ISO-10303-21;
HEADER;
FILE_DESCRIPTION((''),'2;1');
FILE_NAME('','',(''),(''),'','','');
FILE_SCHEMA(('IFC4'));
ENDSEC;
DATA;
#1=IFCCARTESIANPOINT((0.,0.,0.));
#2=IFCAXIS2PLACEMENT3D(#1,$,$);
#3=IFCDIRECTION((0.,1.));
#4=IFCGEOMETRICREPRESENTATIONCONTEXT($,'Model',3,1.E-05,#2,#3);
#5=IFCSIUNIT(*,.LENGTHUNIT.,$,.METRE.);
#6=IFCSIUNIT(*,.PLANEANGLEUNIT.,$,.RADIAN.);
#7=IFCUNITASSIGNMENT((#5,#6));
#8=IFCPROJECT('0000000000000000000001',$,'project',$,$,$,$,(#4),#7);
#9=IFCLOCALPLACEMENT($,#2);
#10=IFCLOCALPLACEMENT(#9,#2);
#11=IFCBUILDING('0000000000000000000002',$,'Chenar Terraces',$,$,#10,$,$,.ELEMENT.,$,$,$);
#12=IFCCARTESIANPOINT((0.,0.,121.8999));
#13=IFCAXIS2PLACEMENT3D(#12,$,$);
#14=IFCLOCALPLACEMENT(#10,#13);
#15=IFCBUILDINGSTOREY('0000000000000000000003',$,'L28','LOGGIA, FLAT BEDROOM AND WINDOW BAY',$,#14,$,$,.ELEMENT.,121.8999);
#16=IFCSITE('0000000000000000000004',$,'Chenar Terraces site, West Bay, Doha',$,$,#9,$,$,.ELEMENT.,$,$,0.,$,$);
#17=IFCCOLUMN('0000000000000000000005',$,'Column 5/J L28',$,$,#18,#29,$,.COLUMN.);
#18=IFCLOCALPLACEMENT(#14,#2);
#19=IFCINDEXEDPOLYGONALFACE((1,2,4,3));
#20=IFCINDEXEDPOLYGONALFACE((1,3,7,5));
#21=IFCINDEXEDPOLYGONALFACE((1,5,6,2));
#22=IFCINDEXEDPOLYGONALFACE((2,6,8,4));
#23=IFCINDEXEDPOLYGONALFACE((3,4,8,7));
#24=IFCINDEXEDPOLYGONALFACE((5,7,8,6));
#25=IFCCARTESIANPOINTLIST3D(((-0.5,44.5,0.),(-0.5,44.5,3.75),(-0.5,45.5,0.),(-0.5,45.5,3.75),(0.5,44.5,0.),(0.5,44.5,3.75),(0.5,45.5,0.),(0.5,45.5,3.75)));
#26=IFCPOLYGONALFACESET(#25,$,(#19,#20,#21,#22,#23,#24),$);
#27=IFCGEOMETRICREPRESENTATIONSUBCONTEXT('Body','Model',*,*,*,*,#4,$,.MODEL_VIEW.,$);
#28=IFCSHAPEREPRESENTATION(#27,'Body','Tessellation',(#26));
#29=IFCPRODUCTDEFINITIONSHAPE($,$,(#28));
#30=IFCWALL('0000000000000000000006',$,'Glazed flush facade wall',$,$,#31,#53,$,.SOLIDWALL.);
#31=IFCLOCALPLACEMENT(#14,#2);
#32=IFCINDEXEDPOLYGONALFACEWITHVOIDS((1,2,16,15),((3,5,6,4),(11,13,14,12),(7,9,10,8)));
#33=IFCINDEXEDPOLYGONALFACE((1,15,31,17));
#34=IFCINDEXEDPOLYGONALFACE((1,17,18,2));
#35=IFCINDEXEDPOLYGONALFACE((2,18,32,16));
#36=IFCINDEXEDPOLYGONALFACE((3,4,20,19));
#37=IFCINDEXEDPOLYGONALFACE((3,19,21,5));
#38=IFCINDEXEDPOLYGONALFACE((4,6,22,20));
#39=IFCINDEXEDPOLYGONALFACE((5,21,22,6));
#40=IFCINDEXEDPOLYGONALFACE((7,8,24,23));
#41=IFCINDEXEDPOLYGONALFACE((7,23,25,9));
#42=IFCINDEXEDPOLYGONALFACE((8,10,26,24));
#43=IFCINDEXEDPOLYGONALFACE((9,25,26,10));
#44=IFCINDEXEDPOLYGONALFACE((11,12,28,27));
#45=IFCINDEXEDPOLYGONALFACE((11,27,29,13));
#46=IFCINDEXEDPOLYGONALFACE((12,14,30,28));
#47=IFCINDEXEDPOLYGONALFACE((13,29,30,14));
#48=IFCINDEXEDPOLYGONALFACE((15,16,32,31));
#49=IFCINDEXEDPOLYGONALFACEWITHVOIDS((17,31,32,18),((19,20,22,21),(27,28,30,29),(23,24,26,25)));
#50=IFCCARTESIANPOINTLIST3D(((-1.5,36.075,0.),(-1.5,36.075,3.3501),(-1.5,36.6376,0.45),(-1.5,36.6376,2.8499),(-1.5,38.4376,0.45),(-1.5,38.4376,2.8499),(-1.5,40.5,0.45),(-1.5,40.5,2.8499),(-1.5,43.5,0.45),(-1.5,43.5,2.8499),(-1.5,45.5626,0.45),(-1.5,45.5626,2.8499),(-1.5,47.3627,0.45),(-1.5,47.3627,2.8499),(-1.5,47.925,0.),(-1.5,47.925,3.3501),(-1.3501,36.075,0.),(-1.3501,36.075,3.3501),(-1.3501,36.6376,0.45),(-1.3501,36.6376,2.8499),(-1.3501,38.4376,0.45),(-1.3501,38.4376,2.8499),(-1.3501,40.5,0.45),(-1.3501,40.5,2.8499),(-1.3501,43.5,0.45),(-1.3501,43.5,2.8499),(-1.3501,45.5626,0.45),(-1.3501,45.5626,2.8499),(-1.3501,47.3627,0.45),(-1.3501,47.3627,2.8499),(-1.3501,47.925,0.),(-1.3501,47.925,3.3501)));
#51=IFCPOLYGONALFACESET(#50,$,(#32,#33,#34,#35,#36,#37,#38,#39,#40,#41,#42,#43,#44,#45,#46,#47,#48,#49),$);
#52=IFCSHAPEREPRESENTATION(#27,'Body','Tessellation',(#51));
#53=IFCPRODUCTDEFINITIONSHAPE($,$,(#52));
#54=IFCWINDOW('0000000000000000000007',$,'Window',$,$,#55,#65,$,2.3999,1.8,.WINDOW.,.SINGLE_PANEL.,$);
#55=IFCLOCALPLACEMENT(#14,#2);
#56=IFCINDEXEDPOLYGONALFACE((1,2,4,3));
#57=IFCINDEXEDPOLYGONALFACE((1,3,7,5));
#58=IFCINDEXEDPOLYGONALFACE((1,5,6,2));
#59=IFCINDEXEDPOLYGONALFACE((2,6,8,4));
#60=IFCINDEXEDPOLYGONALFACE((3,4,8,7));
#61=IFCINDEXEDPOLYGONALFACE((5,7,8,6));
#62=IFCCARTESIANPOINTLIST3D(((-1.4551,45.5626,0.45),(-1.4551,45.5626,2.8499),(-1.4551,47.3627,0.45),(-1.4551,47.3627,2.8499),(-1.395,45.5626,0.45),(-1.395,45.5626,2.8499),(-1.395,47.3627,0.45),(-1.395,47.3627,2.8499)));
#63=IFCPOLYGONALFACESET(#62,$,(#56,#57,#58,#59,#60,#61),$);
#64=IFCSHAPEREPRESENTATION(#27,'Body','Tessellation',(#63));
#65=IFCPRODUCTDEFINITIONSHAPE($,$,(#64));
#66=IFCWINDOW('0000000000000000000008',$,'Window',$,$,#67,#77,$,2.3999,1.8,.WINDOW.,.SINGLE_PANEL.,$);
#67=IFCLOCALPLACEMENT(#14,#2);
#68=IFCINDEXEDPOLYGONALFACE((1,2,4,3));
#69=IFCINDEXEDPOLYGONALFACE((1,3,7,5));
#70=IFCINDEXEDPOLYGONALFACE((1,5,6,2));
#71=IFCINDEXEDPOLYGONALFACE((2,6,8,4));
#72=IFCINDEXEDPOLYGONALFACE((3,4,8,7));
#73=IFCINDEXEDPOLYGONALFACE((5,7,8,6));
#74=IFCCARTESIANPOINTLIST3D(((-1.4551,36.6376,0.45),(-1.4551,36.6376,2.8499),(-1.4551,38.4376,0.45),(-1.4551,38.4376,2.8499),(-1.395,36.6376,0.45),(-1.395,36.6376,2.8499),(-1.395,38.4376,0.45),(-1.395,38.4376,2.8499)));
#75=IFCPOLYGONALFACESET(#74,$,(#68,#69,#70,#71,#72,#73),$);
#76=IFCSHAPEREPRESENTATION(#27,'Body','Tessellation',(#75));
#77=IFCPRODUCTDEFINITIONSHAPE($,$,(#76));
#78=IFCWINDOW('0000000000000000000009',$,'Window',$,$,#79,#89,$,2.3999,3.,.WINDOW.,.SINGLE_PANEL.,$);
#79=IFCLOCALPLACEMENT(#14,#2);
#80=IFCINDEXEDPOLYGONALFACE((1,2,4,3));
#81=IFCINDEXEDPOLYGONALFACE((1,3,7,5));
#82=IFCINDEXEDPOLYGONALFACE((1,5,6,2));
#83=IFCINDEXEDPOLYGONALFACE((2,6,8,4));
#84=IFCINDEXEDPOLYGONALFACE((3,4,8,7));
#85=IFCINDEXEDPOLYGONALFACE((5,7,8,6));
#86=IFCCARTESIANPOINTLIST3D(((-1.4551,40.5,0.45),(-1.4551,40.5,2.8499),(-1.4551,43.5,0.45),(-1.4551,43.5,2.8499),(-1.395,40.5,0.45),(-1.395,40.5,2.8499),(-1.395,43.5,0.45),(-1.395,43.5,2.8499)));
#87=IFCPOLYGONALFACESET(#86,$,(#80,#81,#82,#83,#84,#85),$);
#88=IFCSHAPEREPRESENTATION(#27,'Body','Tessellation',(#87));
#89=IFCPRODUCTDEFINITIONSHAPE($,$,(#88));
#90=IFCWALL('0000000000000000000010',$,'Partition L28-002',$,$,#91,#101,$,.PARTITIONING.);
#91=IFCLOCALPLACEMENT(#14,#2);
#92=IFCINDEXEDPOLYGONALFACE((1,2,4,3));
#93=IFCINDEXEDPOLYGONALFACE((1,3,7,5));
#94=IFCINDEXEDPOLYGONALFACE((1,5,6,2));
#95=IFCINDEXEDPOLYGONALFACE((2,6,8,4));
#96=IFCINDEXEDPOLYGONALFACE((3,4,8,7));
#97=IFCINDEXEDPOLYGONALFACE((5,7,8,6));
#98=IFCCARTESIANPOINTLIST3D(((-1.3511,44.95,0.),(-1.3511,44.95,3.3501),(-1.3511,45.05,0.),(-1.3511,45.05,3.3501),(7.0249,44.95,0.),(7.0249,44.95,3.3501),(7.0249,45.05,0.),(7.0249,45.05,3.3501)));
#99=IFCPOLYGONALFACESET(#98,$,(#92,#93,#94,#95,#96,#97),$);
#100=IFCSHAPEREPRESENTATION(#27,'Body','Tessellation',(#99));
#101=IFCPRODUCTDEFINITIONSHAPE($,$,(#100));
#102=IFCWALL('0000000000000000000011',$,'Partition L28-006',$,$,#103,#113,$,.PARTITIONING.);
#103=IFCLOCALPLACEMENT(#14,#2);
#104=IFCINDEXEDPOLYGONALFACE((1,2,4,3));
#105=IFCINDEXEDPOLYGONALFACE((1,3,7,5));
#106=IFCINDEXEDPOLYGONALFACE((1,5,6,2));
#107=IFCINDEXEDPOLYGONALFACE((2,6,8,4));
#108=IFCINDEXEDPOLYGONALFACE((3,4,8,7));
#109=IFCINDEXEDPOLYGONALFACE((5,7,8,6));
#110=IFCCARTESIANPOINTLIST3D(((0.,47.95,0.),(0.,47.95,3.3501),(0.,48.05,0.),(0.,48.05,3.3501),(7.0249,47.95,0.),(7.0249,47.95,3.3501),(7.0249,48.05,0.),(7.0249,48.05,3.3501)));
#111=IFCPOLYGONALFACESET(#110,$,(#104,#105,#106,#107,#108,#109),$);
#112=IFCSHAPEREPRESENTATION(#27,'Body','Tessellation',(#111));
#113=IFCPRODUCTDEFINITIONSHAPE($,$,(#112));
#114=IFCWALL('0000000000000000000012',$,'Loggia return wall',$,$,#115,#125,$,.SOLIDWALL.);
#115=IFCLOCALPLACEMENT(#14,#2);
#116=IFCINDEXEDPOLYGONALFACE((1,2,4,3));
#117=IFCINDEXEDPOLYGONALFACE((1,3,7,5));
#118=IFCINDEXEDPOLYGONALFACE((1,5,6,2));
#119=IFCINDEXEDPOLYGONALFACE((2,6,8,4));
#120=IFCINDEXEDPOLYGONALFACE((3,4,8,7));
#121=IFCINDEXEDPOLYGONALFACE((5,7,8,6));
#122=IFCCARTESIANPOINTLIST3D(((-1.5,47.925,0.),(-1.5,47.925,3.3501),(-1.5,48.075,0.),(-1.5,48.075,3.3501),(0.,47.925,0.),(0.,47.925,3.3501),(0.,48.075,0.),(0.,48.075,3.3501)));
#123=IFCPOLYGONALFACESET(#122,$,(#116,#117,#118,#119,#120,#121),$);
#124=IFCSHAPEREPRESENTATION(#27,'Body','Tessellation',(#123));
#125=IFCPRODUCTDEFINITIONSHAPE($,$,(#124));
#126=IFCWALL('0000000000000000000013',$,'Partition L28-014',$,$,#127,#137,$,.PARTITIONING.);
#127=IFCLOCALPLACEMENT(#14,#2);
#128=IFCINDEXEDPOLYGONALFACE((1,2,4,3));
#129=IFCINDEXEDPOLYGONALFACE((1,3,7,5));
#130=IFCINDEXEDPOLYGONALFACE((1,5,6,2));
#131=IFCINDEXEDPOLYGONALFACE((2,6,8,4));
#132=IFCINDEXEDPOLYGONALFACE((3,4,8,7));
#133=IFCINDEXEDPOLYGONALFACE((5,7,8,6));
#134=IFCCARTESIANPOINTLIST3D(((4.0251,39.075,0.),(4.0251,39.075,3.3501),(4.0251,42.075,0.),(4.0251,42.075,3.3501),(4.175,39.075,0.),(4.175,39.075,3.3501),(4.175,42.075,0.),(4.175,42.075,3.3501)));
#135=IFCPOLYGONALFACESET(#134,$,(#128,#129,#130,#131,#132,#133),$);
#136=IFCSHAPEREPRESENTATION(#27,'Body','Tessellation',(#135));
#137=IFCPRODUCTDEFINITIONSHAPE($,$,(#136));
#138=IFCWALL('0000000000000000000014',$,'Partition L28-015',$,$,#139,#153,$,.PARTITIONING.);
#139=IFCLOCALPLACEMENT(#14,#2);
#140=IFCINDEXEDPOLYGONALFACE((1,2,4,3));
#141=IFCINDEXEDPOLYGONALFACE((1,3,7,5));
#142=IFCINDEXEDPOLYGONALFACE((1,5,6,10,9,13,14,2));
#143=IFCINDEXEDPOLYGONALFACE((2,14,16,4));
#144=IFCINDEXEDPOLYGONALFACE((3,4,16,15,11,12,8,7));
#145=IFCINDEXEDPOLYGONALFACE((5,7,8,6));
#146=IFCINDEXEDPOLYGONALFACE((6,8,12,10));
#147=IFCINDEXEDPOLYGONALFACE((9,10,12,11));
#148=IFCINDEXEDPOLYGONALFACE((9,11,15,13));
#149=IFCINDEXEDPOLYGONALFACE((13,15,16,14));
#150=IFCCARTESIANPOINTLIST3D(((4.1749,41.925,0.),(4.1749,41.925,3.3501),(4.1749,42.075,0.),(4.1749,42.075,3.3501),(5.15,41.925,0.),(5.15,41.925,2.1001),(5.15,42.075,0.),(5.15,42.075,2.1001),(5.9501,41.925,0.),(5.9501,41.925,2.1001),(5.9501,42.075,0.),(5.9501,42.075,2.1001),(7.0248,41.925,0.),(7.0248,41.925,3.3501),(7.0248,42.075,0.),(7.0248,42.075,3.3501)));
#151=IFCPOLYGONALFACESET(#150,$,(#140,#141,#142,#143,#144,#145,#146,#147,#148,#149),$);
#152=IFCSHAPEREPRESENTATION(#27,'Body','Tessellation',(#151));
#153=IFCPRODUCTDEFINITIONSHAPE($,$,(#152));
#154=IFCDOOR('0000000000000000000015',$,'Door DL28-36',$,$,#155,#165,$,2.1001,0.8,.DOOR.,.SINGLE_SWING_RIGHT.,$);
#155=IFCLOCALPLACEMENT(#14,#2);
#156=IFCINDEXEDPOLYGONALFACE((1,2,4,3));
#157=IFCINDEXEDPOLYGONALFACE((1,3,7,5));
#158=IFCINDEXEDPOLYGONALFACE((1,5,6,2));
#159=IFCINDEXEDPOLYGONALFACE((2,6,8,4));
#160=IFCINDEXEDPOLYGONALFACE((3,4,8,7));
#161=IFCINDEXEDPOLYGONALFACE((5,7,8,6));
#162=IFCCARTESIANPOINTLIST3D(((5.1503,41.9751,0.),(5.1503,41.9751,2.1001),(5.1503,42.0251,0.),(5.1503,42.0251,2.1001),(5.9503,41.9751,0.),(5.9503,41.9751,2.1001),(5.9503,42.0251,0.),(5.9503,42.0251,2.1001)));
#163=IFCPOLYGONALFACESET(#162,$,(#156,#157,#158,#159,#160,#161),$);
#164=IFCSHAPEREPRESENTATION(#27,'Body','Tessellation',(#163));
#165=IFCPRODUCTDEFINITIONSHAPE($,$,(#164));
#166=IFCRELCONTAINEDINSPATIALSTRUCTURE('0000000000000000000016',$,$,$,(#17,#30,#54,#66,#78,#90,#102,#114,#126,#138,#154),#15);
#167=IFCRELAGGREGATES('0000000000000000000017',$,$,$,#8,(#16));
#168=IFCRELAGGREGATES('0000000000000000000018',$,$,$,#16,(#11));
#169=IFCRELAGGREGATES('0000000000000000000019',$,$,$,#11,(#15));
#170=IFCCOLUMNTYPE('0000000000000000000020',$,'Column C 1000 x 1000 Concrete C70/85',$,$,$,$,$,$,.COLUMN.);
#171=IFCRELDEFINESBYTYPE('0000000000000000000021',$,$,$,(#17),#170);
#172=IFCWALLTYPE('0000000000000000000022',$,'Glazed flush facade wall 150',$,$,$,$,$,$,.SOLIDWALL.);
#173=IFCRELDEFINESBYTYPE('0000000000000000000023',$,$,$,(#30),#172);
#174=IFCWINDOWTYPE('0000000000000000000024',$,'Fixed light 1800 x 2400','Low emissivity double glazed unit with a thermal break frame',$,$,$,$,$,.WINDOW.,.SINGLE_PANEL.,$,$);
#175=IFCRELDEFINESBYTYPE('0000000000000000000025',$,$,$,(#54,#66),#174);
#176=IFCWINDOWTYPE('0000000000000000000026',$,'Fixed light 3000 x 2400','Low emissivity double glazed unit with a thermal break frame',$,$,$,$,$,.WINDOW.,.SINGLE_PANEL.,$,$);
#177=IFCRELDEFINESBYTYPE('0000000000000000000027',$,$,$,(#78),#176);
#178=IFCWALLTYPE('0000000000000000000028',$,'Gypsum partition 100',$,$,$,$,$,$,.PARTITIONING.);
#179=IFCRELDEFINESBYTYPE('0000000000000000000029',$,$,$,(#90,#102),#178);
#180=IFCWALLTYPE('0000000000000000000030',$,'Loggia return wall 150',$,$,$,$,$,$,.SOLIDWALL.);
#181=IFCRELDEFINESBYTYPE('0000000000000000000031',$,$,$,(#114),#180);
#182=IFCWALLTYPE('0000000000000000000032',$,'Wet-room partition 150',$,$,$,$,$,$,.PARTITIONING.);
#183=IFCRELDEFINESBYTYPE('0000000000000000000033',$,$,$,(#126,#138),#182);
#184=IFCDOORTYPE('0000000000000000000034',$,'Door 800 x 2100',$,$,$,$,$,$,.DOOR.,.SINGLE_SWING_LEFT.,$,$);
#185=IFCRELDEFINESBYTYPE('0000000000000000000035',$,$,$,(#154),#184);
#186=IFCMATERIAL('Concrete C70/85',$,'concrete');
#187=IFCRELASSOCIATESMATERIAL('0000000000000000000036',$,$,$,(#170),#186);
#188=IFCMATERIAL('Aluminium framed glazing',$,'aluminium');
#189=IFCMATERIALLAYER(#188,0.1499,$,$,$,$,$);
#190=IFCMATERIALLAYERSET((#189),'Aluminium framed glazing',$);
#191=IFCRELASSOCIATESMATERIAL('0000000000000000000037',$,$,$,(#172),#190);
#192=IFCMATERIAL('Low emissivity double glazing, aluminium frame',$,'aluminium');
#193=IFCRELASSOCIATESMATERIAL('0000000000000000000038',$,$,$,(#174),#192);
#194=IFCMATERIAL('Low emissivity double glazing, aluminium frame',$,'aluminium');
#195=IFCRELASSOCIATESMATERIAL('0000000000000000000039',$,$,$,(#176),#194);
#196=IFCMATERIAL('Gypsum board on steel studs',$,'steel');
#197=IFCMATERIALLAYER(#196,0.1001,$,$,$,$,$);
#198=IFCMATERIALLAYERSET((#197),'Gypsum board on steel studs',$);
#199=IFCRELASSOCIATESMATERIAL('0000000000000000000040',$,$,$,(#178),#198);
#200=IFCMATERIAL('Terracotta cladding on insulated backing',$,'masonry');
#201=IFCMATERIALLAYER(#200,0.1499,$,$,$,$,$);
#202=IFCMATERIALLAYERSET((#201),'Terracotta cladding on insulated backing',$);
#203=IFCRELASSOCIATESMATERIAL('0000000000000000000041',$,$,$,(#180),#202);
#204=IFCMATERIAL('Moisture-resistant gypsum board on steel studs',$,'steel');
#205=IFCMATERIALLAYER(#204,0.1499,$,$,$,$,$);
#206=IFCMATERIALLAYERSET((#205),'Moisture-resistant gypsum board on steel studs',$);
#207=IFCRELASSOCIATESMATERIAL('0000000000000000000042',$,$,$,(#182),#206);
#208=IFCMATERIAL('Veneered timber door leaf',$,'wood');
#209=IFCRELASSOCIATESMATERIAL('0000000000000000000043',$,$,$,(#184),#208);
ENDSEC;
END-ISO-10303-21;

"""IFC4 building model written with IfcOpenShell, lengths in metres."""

from ifc_helpers import new_model, si_unit, direction, frame, frame_2d, origin, origin_2d, place, context, subcontext, project, spatial, rectangle, extrude, material, layer, layer_set, material_profile, profile_set, type_object, element, fill, save


model = new_model("IFC4")

# Units and contexts
model_context = context("Model", 3, precision=1e-05, world=origin(), true_north=direction((0.0, 1.0)))
body_context = subcontext(model_context, "Body", "Model", "MODEL_VIEW")
ifc_project = project(units=[si_unit("LENGTHUNIT", "METRE"), si_unit("PLANEANGLEUNIT", "RADIAN")], contexts=[model_context])

# Site, building, storey
site_placement = place(None, origin())
site = spatial("IfcSite", under=ifc_project, at=site_placement, Name="Chenar Terraces site, West Bay, Doha", CompositionType="ELEMENT", RefElevation=0.0)
building_placement = place(site_placement, origin())
building = spatial("IfcBuilding", under=site, at=building_placement, Name="Chenar Terraces", CompositionType="ELEMENT")
storey_placement = place(building_placement, frame((0.0, 0.0, 121.8999)))
storey = spatial("IfcBuildingStorey", under=building, at=storey_placement, Name="L28", Description="LOGGIA, FLAT BEDROOM AND WINDOW BAY", CompositionType="ELEMENT", Elevation=121.8999)

# Column
ifc_material_1 = material(Name="Concrete C70/85", Category="concrete")
ifc_material_profile_1 = material_profile(ifc_material_1, rectangle(XDim=1.0, YDim=1.0, at=origin_2d()), Name="C 1000 x 1000")
ifc_profile_set_1 = profile_set([ifc_material_profile_1], Name="Concrete C70/85")
column_type = type_object("IfcColumnType", Name="Column C 1000 x 1000 Concrete C70/85", PredefinedType="COLUMN", material=ifc_profile_set_1)
column_placement = place(storey_placement, frame((0.0, 45.0, 0.0), z_axis=(0.0, 0.0, 1.0), x_axis=(1.0, 0.0, 0.0)))
element("IfcColumn", 1, at=column_placement, inside=storey, type_object=column_type, Name="Column 5/J L28", PredefinedType="COLUMN", context=body_context, shape_type="SweptSolid", body=[
    extrude(rectangle(XDim=1.0, YDim=1.0, at=origin_2d()), origin(), (0.0, 0.0, 1.0), 3.75),
])

# Wall, openings, windows
ifc_material_2 = material(Name="Aluminium framed glazing", Category="aluminium")
ifc_layer_1 = layer(ifc_material_2, 0.1499)
ifc_layer_set_1 = layer_set([ifc_layer_1], Name="Aluminium framed glazing")
wall_type_1 = type_object("IfcWallType", Name="Glazed flush facade wall 150", PredefinedType="SOLIDWALL", material=ifc_layer_set_1)
wall_1_placement = place(storey_placement, frame((-1.425, 47.925, 0.0), z_axis=(0.0, 0.0, 1.0), x_axis=(0.0, -1.0, 0.0)))
wall_1 = element("IfcWall", 2, at=wall_1_placement, inside=storey, type_object=wall_type_1, Name="Glazed flush facade wall", PredefinedType="SOLIDWALL", context=body_context, shape_type="SweptSolid", body=[
    extrude(rectangle(XDim=11.8501, YDim=0.1499, at=frame_2d((5.925, 0.0))), origin(), (0.0, 0.0, 1.0), 3.3501),
])
opening_1_placement = place(wall_1_placement, frame((0.5625, 0.0, 0.45)))
opening_1 = element("IfcOpeningElement", 3, at=opening_1_placement, cuts=wall_1, PredefinedType="OPENING", context=body_context, shape_type="SweptSolid", body=[
    extrude(rectangle(XDim=1.8, YDim=2.3999, at=frame_2d((0.8999, 1.2))), frame((0.0, 0.085, 0.0), z_axis=(0.0, -1.0, 0.0), x_axis=(1.0, 0.0, 0.0)), (0.0, 0.0, 1.0), 0.1699),
])
opening_2_placement = place(wall_1_placement, frame((4.425, 0.0, 0.45)))
opening_2 = element("IfcOpeningElement", 4, at=opening_2_placement, cuts=wall_1, PredefinedType="OPENING", context=body_context, shape_type="SweptSolid", body=[
    extrude(rectangle(XDim=3.0, YDim=2.3999, at=frame_2d((1.5, 1.2))), frame((0.0, 0.085, 0.0), z_axis=(0.0, -1.0, 0.0), x_axis=(1.0, 0.0, 0.0)), (0.0, 0.0, 1.0), 0.1699),
])
opening_3_placement = place(wall_1_placement, frame((9.4875, 0.0, 0.45)))
opening_3 = element("IfcOpeningElement", 5, at=opening_3_placement, cuts=wall_1, PredefinedType="OPENING", context=body_context, shape_type="SweptSolid", body=[
    extrude(rectangle(XDim=1.8, YDim=2.3999, at=frame_2d((0.8999, 1.2))), frame((0.0, 0.085, 0.0), z_axis=(0.0, -1.0, 0.0), x_axis=(1.0, 0.0, 0.0)), (0.0, 0.0, 1.0), 0.1699),
])
ifc_material_3 = material(Name="Low emissivity double glazing, aluminium frame", Category="aluminium")
window_type_1 = type_object("IfcWindowType", Name="Fixed light 1800 x 2400", Description="Low emissivity double glazed unit with a thermal break frame", PartitioningType="SINGLE_PANEL", PredefinedType="WINDOW", material=ifc_material_3)
window_1_placement = place(opening_1_placement, origin())
window_1 = element("IfcWindow", 6, at=window_1_placement, inside=storey, type_object=window_type_1, Name="Window", OverallHeight=2.3999, OverallWidth=1.8, PartitioningType="SINGLE_PANEL", PredefinedType="WINDOW", context=body_context, shape_type="SweptSolid", body=[
    extrude(rectangle(XDim=1.8, YDim=2.3999, at=frame_2d((0.8999, 1.2))), frame((0.0, 0.03, 0.0), z_axis=(0.0, -1.0, 0.0), x_axis=(1.0, 0.0, 0.0)), (0.0, 0.0, 1.0), 0.0601),
])
fill(opening_1, window_1)
window_2_placement = place(opening_3_placement, origin())
window_2 = element("IfcWindow", 7, at=window_2_placement, inside=storey, type_object=window_type_1, Name="Window", OverallHeight=2.3999, OverallWidth=1.8, PartitioningType="SINGLE_PANEL", PredefinedType="WINDOW", context=body_context, shape_type="SweptSolid", body=[
    extrude(rectangle(XDim=1.8, YDim=2.3999, at=frame_2d((0.8999, 1.2))), frame((0.0, 0.03, 0.0), z_axis=(0.0, -1.0, 0.0), x_axis=(1.0, 0.0, 0.0)), (0.0, 0.0, 1.0), 0.0601),
])
fill(opening_3, window_2)
ifc_material_4 = material(Name="Low emissivity double glazing, aluminium frame", Category="aluminium")
window_type_2 = type_object("IfcWindowType", Name="Fixed light 3000 x 2400", Description="Low emissivity double glazed unit with a thermal break frame", PartitioningType="SINGLE_PANEL", PredefinedType="WINDOW", material=ifc_material_4)
window_3_placement = place(opening_2_placement, origin())
window_3 = element("IfcWindow", 8, at=window_3_placement, inside=storey, type_object=window_type_2, Name="Window", OverallHeight=2.3999, OverallWidth=3.0, PartitioningType="SINGLE_PANEL", PredefinedType="WINDOW", context=body_context, shape_type="SweptSolid", body=[
    extrude(rectangle(XDim=3.0, YDim=2.3999, at=frame_2d((1.5, 1.2))), frame((0.0, 0.03, 0.0), z_axis=(0.0, -1.0, 0.0), x_axis=(1.0, 0.0, 0.0)), (0.0, 0.0, 1.0), 0.0601),
])
fill(opening_2, window_3)

# Walls
ifc_material_5 = material(Name="Gypsum board on steel studs", Category="steel")
ifc_layer_2 = layer(ifc_material_5, 0.1001)
ifc_layer_set_2 = layer_set([ifc_layer_2], Name="Gypsum board on steel studs")
wall_type_2 = type_object("IfcWallType", Name="Gypsum partition 100", PredefinedType="PARTITIONING", material=ifc_layer_set_2)
wall_2_placement = place(storey_placement, frame((-1.3511, 45.0, 0.0), z_axis=(0.0, 0.0, 1.0), x_axis=(1.0, 0.0, 0.0)))
element("IfcWall", 9, at=wall_2_placement, inside=storey, type_object=wall_type_2, Name="Partition L28-002", PredefinedType="PARTITIONING", context=body_context, shape_type="SweptSolid", body=[
    extrude(rectangle(XDim=8.376, YDim=0.1001, at=frame_2d((4.188, 0.0))), origin(), (0.0, 0.0, 1.0), 3.3501),
])
wall_3_placement = place(storey_placement, frame((0.0, 48.0, 0.0), z_axis=(0.0, 0.0, 1.0), x_axis=(1.0, 0.0, 0.0)))
element("IfcWall", 10, at=wall_3_placement, inside=storey, type_object=wall_type_2, Name="Partition L28-006", PredefinedType="PARTITIONING", context=body_context, shape_type="SweptSolid", body=[
    extrude(rectangle(XDim=7.0249, YDim=0.1001, at=frame_2d((3.5125, 0.0))), origin(), (0.0, 0.0, 1.0), 3.3501),
])
ifc_material_6 = material(Name="Terracotta cladding on insulated backing", Category="masonry")
ifc_layer_3 = layer(ifc_material_6, 0.1499)
ifc_layer_set_3 = layer_set([ifc_layer_3], Name="Terracotta cladding on insulated backing")
wall_type_3 = type_object("IfcWallType", Name="Loggia return wall 150", PredefinedType="SOLIDWALL", material=ifc_layer_set_3)
wall_4_placement = place(storey_placement, frame((-1.5, 48.0, 0.0), z_axis=(0.0, 0.0, 1.0), x_axis=(1.0, 0.0, 0.0)))
element("IfcWall", 11, at=wall_4_placement, inside=storey, type_object=wall_type_3, Name="Loggia return wall", PredefinedType="SOLIDWALL", context=body_context, shape_type="SweptSolid", body=[
    extrude(rectangle(XDim=1.5, YDim=0.1499, at=frame_2d((0.75, 0.0))), origin(), (0.0, 0.0, 1.0), 3.3501),
])
ifc_material_7 = material(Name="Moisture-resistant gypsum board on steel studs", Category="steel")
ifc_layer_4 = layer(ifc_material_7, 0.1499)
ifc_layer_set_4 = layer_set([ifc_layer_4], Name="Moisture-resistant gypsum board on steel studs")
wall_type_4 = type_object("IfcWallType", Name="Wet-room partition 150", PredefinedType="PARTITIONING", material=ifc_layer_set_4)
wall_5_placement = place(storey_placement, frame((4.1001, 39.075, 0.0), z_axis=(0.0, 0.0, 1.0), x_axis=(0.0, 1.0, 0.0)))
element("IfcWall", 12, at=wall_5_placement, inside=storey, type_object=wall_type_4, Name="Partition L28-014", PredefinedType="PARTITIONING", context=body_context, shape_type="SweptSolid", body=[
    extrude(rectangle(XDim=3.0, YDim=0.1499, at=frame_2d((1.5, 0.0))), origin(), (0.0, 0.0, 1.0), 3.3501),
])

# Wall, opening, door
wall_6_placement = place(storey_placement, frame((4.175, 42.0, 0.0), z_axis=(0.0, 0.0, 1.0), x_axis=(1.0, 0.0, 0.0)))
wall_6 = element("IfcWall", 13, at=wall_6_placement, inside=storey, type_object=wall_type_4, Name="Partition L28-015", PredefinedType="PARTITIONING", context=body_context, shape_type="SweptSolid", body=[
    extrude(rectangle(XDim=2.8499, YDim=0.1499, at=frame_2d((1.4248, 0.0))), origin(), (0.0, 0.0, 1.0), 3.3501),
])
opening_4_placement = place(wall_6_placement, frame((0.9751, 0.0, 0.0)))
opening_4 = element("IfcOpeningElement", 14, at=opening_4_placement, cuts=wall_6, PredefinedType="OPENING", context=body_context, shape_type="SweptSolid", body=[
    extrude(rectangle(XDim=0.8, YDim=2.1001, at=frame_2d((0.3999, 1.05))), frame((0.0, 0.085, 0.0), z_axis=(0.0, -1.0, 0.0), x_axis=(1.0, 0.0, 0.0)), (0.0, 0.0, 1.0), 0.1699),
])
ifc_material_8 = material(Name="Veneered timber door leaf", Category="wood")
door_type_1 = type_object("IfcDoorType", Name="Door 800 x 2100", OperationType="SINGLE_SWING_LEFT", PredefinedType="DOOR", material=ifc_material_8)
door_1_placement = place(opening_4_placement, frame((0.8, 0.0, 0.0), z_axis=(0.0, 0.0, 1.0), x_axis=(-1.0, 0.0, 0.0)))
door_1 = element("IfcDoor", 15, at=door_1_placement, inside=storey, type_object=door_type_1, Name="Door DL28-36", OperationType="SINGLE_SWING_RIGHT", OverallHeight=2.1001, OverallWidth=0.8, PredefinedType="DOOR", context=body_context, shape_type="SweptSolid", body=[
    extrude(rectangle(XDim=0.8, YDim=2.1001, at=frame_2d((0.3999, 1.05))), frame((0.0, 0.0249, 0.0), z_axis=(0.0, -1.0, 0.0), x_axis=(1.0, 0.0, 0.0)), (0.0, 0.0, 1.0), 0.05),
])
fill(opening_4, door_1)

save(model, "model.ifc")
